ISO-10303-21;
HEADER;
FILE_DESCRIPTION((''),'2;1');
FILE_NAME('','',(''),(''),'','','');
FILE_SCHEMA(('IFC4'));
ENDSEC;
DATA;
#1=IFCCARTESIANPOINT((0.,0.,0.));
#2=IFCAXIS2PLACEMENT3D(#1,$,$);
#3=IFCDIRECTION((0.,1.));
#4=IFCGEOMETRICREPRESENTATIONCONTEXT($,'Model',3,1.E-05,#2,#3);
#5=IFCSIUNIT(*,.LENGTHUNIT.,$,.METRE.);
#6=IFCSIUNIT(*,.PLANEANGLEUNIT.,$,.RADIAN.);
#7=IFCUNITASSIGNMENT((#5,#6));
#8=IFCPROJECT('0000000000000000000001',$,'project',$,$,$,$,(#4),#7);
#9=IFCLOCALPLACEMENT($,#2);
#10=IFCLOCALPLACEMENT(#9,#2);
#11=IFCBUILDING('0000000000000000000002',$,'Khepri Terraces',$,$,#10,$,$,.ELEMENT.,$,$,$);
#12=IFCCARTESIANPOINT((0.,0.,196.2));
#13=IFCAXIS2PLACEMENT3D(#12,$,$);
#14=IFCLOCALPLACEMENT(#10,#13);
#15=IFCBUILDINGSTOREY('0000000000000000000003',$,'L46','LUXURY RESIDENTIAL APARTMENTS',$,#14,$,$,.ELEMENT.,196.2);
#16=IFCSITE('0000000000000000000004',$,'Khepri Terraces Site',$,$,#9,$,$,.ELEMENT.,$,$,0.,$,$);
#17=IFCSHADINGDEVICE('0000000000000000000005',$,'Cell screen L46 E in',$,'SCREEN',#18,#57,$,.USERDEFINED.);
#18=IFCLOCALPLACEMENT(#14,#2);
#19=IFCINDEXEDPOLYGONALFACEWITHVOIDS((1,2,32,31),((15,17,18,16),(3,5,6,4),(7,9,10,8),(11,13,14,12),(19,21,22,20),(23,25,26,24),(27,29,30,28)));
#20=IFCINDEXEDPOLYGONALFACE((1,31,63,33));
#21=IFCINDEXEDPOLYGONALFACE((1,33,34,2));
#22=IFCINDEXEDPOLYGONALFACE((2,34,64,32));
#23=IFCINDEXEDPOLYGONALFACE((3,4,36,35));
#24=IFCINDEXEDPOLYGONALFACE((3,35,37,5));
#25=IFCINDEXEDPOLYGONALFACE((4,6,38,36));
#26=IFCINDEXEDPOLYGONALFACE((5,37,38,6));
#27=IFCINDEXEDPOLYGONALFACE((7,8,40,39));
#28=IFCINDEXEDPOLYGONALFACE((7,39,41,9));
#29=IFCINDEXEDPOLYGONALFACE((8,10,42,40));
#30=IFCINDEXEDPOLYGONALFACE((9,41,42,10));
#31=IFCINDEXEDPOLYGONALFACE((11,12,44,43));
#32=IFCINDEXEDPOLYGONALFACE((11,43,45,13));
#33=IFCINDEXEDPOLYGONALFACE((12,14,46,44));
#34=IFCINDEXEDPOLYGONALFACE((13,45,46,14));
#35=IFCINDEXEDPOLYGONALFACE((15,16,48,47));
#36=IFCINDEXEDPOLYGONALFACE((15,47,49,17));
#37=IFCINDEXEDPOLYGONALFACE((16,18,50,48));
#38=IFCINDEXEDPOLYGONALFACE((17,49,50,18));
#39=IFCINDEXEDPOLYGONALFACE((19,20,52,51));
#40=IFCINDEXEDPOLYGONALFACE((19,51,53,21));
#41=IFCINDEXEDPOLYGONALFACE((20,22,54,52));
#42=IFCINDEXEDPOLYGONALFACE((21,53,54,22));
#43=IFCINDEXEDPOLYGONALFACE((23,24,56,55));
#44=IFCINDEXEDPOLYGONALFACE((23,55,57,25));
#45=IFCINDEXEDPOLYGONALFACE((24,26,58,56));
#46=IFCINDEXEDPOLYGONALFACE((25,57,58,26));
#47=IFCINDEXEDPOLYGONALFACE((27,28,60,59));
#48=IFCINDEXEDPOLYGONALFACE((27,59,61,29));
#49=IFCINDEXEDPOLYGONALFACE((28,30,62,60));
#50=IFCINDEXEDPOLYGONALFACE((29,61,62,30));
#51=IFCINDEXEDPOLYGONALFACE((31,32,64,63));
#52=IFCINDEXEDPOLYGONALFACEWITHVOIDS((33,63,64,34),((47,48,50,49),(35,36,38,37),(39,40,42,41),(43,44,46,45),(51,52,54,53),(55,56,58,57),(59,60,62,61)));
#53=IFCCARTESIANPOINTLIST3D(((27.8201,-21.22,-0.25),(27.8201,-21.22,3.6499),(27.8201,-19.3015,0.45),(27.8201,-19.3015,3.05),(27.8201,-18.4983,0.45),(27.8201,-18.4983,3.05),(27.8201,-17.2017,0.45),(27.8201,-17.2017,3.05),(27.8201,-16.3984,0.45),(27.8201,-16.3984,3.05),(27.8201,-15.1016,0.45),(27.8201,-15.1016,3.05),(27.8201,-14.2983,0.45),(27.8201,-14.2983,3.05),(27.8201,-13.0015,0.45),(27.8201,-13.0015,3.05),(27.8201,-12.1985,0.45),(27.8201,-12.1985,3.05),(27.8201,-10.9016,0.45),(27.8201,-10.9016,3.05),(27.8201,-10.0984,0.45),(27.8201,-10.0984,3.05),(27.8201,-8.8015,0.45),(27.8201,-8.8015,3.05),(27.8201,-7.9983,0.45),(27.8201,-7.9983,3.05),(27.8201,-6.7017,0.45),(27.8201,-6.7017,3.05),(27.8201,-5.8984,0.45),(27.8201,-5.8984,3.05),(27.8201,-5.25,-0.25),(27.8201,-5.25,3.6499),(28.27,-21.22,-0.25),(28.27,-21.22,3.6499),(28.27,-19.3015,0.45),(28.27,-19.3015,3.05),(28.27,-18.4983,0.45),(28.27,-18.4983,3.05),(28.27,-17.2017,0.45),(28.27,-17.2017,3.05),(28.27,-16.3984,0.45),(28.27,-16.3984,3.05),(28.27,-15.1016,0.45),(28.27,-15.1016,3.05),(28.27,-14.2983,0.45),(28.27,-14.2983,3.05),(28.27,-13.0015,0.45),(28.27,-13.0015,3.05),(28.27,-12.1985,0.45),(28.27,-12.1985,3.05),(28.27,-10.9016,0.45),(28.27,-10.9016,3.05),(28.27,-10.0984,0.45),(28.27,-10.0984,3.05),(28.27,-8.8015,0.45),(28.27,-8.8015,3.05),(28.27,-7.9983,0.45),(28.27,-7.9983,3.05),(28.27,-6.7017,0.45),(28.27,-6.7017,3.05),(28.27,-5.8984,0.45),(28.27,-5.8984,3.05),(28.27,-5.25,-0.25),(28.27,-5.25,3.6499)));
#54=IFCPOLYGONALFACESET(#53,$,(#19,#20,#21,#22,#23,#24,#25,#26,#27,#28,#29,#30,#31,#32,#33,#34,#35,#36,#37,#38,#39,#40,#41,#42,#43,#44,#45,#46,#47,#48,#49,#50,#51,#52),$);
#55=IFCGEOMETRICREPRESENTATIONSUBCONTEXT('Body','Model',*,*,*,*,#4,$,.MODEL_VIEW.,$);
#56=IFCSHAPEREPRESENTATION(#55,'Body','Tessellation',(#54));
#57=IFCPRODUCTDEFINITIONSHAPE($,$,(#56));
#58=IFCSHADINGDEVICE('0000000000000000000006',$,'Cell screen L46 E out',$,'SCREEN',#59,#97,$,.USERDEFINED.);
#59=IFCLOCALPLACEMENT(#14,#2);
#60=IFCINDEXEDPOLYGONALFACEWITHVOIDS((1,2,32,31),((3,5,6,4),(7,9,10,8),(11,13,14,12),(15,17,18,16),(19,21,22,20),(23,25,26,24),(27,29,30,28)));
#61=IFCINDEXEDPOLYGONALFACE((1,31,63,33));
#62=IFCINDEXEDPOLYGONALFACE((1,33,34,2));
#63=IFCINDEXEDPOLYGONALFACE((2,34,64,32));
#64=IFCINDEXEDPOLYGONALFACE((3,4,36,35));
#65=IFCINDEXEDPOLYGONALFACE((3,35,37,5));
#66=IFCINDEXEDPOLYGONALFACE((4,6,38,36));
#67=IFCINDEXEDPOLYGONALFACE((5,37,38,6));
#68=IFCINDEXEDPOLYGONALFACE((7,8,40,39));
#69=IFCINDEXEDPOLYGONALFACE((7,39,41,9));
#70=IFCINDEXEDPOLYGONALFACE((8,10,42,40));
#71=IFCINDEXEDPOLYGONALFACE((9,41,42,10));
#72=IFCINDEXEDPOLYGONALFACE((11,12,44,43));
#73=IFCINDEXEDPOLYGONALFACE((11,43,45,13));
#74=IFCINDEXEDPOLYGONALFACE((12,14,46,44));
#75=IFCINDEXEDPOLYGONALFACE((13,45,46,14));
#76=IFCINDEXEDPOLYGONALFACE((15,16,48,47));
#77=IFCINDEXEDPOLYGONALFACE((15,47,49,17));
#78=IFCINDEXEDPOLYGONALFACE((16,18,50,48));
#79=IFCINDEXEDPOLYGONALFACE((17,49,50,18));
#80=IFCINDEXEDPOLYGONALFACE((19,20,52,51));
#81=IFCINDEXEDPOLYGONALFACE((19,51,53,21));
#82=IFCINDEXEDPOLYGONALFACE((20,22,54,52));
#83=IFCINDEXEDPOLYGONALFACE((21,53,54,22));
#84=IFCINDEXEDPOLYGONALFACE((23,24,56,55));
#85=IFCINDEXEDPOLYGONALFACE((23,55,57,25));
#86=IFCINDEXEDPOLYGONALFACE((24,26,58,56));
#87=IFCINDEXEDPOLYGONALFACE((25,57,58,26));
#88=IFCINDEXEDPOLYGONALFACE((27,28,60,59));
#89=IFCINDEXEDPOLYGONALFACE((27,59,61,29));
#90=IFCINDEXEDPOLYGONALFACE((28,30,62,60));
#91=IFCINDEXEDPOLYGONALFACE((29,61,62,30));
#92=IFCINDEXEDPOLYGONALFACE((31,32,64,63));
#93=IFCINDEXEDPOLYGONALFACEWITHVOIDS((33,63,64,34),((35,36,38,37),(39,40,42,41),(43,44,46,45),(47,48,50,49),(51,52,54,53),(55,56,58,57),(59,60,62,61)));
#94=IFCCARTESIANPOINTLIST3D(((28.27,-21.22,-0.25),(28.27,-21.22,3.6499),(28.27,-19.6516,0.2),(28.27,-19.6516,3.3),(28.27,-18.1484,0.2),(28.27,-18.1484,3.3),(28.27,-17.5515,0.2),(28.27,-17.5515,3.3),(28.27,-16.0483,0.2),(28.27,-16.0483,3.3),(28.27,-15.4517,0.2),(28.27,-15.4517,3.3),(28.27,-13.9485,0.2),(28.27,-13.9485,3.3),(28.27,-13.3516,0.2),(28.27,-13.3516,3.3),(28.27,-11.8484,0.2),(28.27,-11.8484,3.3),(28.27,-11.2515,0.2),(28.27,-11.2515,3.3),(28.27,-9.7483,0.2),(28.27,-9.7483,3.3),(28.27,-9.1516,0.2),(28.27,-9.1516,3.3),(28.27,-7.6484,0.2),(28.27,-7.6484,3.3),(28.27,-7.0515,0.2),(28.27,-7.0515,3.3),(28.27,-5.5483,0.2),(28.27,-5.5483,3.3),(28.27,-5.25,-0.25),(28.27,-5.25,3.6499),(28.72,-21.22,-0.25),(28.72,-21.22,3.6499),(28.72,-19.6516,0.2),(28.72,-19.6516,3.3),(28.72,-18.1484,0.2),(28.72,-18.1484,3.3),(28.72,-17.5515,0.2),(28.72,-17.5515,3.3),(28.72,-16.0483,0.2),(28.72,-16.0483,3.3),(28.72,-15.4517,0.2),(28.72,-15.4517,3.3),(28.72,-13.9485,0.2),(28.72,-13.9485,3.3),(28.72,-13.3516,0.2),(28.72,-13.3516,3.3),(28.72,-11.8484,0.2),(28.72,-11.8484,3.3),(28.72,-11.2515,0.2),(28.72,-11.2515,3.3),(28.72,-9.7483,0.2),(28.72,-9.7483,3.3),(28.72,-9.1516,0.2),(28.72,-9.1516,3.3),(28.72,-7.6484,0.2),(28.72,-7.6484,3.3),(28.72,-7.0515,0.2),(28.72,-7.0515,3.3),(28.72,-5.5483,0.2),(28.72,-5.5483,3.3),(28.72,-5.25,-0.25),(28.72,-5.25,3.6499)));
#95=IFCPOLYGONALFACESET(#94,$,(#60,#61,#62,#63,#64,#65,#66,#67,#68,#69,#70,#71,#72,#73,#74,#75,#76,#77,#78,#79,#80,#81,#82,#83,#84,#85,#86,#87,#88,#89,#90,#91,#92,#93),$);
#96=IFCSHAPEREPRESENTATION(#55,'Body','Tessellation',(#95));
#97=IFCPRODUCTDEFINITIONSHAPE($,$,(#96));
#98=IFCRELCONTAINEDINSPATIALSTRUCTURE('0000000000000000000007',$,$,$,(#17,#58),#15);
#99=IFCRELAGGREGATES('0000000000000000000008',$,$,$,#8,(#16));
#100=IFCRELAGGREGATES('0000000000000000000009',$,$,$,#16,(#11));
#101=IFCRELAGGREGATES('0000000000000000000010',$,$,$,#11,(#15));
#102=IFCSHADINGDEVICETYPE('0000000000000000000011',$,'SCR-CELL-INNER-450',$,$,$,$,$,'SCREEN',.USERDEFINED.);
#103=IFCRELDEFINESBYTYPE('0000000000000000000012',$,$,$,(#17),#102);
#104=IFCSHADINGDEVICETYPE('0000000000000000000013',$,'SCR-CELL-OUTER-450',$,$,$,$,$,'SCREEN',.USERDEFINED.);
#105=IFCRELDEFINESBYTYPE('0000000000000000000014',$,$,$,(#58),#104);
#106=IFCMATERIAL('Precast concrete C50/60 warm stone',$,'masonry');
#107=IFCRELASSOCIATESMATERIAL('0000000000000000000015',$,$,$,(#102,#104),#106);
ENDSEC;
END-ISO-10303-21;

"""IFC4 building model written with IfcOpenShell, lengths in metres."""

from ifc_helpers import new_model, si_unit, direction, frame, origin, place, context, subcontext, project, spatial, polyline, outline, extrude, material, type_object, element, save


model = new_model("IFC4")

# Units and contexts
model_context = context("Model", 3, precision=1e-05, world=origin(), true_north=direction((0.0, 1.0)))
body_context = subcontext(model_context, "Body", "Model", "MODEL_VIEW")
ifc_project = project(units=[si_unit("LENGTHUNIT", "METRE"), si_unit("PLANEANGLEUNIT", "RADIAN")], contexts=[model_context])

# Site, building, storey
site_placement = place(None, origin())
site = spatial("IfcSite", under=ifc_project, at=site_placement, Name="Khepri Terraces Site", CompositionType="ELEMENT", RefElevation=0.0)
building_placement = place(site_placement, origin())
building = spatial("IfcBuilding", under=site, at=building_placement, Name="Khepri Terraces", CompositionType="ELEMENT")
storey_placement = place(building_placement, frame((0.0, 0.0, 196.2)))
storey = spatial("IfcBuildingStorey", under=building, at=storey_placement, Name="L46", Description="LUXURY RESIDENTIAL APARTMENTS", CompositionType="ELEMENT", Elevation=196.2)

# Shared definitions
ifc_material_1 = material(Name="Precast concrete C50/60 warm stone", Category="masonry")

# Shading devices
shading_device_type_1 = type_object("IfcShadingDeviceType", Name="SCR-CELL-INNER-450", ElementType="SCREEN", PredefinedType="USERDEFINED", material=ifc_material_1)
shading_device_1_placement = place(storey_placement, frame((27.8201, -21.22, -0.25), z_axis=(1.0, 0.0, 0.0), x_axis=(0.0, 1.0, 0.0)))
element("IfcShadingDevice", 1, at=shading_device_1_placement, inside=storey, type_object=shading_device_type_1, Name="Cell screen L46 E in", ObjectType="SCREEN", PredefinedType="USERDEFINED", context=body_context, shape_type="SweptSolid", body=[
    extrude(outline(polyline([(0.0, 0.0), (15.97, 0.0), (15.97, 3.8999), (0.0, 3.8999), (0.0, 0.0)]), holes=[polyline([(1.9185, 0.7), (2.7217, 0.7), (2.7217, 3.3), (1.9185, 3.3), (1.9185, 0.7)]), polyline([(4.0183, 0.7), (4.8215, 0.7), (4.8215, 3.3), (4.0183, 3.3), (4.0183, 0.7)]), polyline([(6.1184, 0.7), (6.9216, 0.7), (6.9216, 3.3), (6.1184, 3.3), (6.1184, 0.7)]), polyline([(8.2185, 0.7), (9.0215, 0.7), (9.0215, 3.3), (8.2185, 3.3), (8.2185, 0.7)]), polyline([(10.3184, 0.7), (11.1216, 0.7), (11.1216, 3.3), (10.3184, 3.3), (10.3184, 0.7)]), polyline([(12.4185, 0.7), (13.2217, 0.7), (13.2217, 3.3), (12.4185, 3.3), (12.4185, 0.7)]), polyline([(14.5183, 0.7), (15.3215, 0.7), (15.3215, 3.3), (14.5183, 3.3), (14.5183, 0.7)])]), origin(), (0.0, 0.0, 1.0), 0.45),
])
shading_device_type_2 = type_object("IfcShadingDeviceType", Name="SCR-CELL-OUTER-450", ElementType="SCREEN", PredefinedType="USERDEFINED", material=ifc_material_1)
shading_device_2_placement = place(storey_placement, frame((28.27, -21.22, -0.25), z_axis=(1.0, 0.0, 0.0), x_axis=(0.0, 1.0, 0.0)))
element("IfcShadingDevice", 2, at=shading_device_2_placement, inside=storey, type_object=shading_device_type_2, Name="Cell screen L46 E out", ObjectType="SCREEN", PredefinedType="USERDEFINED", context=body_context, shape_type="SweptSolid", body=[
    extrude(outline(polyline([(0.0, 0.0), (15.97, 0.0), (15.97, 3.8999), (0.0, 3.8999), (0.0, 0.0)]), holes=[polyline([(1.5684, 0.45), (3.0715, 0.45), (3.0715, 3.55), (1.5684, 3.55), (1.5684, 0.45)]), polyline([(3.6685, 0.45), (5.1716, 0.45), (5.1716, 3.55), (3.6685, 3.55), (3.6685, 0.45)]), polyline([(5.7683, 0.45), (7.2715, 0.45), (7.2715, 3.55), (5.7683, 3.55), (5.7683, 0.45)]), polyline([(7.8684, 0.45), (9.3716, 0.45), (9.3716, 3.55), (7.8684, 3.55), (7.8684, 0.45)]), polyline([(9.9685, 0.45), (11.4717, 0.45), (11.4717, 3.55), (9.9685, 3.55), (9.9685, 0.45)]), polyline([(12.0684, 0.45), (13.5715, 0.45), (13.5715, 3.55), (12.0684, 3.55), (12.0684, 0.45)]), polyline([(14.1685, 0.45), (15.6716, 0.45), (15.6716, 3.55), (14.1685, 3.55), (14.1685, 0.45)])]), origin(), (0.0, 0.0, 1.0), 0.45),
])

save(model, "model.ifc")
